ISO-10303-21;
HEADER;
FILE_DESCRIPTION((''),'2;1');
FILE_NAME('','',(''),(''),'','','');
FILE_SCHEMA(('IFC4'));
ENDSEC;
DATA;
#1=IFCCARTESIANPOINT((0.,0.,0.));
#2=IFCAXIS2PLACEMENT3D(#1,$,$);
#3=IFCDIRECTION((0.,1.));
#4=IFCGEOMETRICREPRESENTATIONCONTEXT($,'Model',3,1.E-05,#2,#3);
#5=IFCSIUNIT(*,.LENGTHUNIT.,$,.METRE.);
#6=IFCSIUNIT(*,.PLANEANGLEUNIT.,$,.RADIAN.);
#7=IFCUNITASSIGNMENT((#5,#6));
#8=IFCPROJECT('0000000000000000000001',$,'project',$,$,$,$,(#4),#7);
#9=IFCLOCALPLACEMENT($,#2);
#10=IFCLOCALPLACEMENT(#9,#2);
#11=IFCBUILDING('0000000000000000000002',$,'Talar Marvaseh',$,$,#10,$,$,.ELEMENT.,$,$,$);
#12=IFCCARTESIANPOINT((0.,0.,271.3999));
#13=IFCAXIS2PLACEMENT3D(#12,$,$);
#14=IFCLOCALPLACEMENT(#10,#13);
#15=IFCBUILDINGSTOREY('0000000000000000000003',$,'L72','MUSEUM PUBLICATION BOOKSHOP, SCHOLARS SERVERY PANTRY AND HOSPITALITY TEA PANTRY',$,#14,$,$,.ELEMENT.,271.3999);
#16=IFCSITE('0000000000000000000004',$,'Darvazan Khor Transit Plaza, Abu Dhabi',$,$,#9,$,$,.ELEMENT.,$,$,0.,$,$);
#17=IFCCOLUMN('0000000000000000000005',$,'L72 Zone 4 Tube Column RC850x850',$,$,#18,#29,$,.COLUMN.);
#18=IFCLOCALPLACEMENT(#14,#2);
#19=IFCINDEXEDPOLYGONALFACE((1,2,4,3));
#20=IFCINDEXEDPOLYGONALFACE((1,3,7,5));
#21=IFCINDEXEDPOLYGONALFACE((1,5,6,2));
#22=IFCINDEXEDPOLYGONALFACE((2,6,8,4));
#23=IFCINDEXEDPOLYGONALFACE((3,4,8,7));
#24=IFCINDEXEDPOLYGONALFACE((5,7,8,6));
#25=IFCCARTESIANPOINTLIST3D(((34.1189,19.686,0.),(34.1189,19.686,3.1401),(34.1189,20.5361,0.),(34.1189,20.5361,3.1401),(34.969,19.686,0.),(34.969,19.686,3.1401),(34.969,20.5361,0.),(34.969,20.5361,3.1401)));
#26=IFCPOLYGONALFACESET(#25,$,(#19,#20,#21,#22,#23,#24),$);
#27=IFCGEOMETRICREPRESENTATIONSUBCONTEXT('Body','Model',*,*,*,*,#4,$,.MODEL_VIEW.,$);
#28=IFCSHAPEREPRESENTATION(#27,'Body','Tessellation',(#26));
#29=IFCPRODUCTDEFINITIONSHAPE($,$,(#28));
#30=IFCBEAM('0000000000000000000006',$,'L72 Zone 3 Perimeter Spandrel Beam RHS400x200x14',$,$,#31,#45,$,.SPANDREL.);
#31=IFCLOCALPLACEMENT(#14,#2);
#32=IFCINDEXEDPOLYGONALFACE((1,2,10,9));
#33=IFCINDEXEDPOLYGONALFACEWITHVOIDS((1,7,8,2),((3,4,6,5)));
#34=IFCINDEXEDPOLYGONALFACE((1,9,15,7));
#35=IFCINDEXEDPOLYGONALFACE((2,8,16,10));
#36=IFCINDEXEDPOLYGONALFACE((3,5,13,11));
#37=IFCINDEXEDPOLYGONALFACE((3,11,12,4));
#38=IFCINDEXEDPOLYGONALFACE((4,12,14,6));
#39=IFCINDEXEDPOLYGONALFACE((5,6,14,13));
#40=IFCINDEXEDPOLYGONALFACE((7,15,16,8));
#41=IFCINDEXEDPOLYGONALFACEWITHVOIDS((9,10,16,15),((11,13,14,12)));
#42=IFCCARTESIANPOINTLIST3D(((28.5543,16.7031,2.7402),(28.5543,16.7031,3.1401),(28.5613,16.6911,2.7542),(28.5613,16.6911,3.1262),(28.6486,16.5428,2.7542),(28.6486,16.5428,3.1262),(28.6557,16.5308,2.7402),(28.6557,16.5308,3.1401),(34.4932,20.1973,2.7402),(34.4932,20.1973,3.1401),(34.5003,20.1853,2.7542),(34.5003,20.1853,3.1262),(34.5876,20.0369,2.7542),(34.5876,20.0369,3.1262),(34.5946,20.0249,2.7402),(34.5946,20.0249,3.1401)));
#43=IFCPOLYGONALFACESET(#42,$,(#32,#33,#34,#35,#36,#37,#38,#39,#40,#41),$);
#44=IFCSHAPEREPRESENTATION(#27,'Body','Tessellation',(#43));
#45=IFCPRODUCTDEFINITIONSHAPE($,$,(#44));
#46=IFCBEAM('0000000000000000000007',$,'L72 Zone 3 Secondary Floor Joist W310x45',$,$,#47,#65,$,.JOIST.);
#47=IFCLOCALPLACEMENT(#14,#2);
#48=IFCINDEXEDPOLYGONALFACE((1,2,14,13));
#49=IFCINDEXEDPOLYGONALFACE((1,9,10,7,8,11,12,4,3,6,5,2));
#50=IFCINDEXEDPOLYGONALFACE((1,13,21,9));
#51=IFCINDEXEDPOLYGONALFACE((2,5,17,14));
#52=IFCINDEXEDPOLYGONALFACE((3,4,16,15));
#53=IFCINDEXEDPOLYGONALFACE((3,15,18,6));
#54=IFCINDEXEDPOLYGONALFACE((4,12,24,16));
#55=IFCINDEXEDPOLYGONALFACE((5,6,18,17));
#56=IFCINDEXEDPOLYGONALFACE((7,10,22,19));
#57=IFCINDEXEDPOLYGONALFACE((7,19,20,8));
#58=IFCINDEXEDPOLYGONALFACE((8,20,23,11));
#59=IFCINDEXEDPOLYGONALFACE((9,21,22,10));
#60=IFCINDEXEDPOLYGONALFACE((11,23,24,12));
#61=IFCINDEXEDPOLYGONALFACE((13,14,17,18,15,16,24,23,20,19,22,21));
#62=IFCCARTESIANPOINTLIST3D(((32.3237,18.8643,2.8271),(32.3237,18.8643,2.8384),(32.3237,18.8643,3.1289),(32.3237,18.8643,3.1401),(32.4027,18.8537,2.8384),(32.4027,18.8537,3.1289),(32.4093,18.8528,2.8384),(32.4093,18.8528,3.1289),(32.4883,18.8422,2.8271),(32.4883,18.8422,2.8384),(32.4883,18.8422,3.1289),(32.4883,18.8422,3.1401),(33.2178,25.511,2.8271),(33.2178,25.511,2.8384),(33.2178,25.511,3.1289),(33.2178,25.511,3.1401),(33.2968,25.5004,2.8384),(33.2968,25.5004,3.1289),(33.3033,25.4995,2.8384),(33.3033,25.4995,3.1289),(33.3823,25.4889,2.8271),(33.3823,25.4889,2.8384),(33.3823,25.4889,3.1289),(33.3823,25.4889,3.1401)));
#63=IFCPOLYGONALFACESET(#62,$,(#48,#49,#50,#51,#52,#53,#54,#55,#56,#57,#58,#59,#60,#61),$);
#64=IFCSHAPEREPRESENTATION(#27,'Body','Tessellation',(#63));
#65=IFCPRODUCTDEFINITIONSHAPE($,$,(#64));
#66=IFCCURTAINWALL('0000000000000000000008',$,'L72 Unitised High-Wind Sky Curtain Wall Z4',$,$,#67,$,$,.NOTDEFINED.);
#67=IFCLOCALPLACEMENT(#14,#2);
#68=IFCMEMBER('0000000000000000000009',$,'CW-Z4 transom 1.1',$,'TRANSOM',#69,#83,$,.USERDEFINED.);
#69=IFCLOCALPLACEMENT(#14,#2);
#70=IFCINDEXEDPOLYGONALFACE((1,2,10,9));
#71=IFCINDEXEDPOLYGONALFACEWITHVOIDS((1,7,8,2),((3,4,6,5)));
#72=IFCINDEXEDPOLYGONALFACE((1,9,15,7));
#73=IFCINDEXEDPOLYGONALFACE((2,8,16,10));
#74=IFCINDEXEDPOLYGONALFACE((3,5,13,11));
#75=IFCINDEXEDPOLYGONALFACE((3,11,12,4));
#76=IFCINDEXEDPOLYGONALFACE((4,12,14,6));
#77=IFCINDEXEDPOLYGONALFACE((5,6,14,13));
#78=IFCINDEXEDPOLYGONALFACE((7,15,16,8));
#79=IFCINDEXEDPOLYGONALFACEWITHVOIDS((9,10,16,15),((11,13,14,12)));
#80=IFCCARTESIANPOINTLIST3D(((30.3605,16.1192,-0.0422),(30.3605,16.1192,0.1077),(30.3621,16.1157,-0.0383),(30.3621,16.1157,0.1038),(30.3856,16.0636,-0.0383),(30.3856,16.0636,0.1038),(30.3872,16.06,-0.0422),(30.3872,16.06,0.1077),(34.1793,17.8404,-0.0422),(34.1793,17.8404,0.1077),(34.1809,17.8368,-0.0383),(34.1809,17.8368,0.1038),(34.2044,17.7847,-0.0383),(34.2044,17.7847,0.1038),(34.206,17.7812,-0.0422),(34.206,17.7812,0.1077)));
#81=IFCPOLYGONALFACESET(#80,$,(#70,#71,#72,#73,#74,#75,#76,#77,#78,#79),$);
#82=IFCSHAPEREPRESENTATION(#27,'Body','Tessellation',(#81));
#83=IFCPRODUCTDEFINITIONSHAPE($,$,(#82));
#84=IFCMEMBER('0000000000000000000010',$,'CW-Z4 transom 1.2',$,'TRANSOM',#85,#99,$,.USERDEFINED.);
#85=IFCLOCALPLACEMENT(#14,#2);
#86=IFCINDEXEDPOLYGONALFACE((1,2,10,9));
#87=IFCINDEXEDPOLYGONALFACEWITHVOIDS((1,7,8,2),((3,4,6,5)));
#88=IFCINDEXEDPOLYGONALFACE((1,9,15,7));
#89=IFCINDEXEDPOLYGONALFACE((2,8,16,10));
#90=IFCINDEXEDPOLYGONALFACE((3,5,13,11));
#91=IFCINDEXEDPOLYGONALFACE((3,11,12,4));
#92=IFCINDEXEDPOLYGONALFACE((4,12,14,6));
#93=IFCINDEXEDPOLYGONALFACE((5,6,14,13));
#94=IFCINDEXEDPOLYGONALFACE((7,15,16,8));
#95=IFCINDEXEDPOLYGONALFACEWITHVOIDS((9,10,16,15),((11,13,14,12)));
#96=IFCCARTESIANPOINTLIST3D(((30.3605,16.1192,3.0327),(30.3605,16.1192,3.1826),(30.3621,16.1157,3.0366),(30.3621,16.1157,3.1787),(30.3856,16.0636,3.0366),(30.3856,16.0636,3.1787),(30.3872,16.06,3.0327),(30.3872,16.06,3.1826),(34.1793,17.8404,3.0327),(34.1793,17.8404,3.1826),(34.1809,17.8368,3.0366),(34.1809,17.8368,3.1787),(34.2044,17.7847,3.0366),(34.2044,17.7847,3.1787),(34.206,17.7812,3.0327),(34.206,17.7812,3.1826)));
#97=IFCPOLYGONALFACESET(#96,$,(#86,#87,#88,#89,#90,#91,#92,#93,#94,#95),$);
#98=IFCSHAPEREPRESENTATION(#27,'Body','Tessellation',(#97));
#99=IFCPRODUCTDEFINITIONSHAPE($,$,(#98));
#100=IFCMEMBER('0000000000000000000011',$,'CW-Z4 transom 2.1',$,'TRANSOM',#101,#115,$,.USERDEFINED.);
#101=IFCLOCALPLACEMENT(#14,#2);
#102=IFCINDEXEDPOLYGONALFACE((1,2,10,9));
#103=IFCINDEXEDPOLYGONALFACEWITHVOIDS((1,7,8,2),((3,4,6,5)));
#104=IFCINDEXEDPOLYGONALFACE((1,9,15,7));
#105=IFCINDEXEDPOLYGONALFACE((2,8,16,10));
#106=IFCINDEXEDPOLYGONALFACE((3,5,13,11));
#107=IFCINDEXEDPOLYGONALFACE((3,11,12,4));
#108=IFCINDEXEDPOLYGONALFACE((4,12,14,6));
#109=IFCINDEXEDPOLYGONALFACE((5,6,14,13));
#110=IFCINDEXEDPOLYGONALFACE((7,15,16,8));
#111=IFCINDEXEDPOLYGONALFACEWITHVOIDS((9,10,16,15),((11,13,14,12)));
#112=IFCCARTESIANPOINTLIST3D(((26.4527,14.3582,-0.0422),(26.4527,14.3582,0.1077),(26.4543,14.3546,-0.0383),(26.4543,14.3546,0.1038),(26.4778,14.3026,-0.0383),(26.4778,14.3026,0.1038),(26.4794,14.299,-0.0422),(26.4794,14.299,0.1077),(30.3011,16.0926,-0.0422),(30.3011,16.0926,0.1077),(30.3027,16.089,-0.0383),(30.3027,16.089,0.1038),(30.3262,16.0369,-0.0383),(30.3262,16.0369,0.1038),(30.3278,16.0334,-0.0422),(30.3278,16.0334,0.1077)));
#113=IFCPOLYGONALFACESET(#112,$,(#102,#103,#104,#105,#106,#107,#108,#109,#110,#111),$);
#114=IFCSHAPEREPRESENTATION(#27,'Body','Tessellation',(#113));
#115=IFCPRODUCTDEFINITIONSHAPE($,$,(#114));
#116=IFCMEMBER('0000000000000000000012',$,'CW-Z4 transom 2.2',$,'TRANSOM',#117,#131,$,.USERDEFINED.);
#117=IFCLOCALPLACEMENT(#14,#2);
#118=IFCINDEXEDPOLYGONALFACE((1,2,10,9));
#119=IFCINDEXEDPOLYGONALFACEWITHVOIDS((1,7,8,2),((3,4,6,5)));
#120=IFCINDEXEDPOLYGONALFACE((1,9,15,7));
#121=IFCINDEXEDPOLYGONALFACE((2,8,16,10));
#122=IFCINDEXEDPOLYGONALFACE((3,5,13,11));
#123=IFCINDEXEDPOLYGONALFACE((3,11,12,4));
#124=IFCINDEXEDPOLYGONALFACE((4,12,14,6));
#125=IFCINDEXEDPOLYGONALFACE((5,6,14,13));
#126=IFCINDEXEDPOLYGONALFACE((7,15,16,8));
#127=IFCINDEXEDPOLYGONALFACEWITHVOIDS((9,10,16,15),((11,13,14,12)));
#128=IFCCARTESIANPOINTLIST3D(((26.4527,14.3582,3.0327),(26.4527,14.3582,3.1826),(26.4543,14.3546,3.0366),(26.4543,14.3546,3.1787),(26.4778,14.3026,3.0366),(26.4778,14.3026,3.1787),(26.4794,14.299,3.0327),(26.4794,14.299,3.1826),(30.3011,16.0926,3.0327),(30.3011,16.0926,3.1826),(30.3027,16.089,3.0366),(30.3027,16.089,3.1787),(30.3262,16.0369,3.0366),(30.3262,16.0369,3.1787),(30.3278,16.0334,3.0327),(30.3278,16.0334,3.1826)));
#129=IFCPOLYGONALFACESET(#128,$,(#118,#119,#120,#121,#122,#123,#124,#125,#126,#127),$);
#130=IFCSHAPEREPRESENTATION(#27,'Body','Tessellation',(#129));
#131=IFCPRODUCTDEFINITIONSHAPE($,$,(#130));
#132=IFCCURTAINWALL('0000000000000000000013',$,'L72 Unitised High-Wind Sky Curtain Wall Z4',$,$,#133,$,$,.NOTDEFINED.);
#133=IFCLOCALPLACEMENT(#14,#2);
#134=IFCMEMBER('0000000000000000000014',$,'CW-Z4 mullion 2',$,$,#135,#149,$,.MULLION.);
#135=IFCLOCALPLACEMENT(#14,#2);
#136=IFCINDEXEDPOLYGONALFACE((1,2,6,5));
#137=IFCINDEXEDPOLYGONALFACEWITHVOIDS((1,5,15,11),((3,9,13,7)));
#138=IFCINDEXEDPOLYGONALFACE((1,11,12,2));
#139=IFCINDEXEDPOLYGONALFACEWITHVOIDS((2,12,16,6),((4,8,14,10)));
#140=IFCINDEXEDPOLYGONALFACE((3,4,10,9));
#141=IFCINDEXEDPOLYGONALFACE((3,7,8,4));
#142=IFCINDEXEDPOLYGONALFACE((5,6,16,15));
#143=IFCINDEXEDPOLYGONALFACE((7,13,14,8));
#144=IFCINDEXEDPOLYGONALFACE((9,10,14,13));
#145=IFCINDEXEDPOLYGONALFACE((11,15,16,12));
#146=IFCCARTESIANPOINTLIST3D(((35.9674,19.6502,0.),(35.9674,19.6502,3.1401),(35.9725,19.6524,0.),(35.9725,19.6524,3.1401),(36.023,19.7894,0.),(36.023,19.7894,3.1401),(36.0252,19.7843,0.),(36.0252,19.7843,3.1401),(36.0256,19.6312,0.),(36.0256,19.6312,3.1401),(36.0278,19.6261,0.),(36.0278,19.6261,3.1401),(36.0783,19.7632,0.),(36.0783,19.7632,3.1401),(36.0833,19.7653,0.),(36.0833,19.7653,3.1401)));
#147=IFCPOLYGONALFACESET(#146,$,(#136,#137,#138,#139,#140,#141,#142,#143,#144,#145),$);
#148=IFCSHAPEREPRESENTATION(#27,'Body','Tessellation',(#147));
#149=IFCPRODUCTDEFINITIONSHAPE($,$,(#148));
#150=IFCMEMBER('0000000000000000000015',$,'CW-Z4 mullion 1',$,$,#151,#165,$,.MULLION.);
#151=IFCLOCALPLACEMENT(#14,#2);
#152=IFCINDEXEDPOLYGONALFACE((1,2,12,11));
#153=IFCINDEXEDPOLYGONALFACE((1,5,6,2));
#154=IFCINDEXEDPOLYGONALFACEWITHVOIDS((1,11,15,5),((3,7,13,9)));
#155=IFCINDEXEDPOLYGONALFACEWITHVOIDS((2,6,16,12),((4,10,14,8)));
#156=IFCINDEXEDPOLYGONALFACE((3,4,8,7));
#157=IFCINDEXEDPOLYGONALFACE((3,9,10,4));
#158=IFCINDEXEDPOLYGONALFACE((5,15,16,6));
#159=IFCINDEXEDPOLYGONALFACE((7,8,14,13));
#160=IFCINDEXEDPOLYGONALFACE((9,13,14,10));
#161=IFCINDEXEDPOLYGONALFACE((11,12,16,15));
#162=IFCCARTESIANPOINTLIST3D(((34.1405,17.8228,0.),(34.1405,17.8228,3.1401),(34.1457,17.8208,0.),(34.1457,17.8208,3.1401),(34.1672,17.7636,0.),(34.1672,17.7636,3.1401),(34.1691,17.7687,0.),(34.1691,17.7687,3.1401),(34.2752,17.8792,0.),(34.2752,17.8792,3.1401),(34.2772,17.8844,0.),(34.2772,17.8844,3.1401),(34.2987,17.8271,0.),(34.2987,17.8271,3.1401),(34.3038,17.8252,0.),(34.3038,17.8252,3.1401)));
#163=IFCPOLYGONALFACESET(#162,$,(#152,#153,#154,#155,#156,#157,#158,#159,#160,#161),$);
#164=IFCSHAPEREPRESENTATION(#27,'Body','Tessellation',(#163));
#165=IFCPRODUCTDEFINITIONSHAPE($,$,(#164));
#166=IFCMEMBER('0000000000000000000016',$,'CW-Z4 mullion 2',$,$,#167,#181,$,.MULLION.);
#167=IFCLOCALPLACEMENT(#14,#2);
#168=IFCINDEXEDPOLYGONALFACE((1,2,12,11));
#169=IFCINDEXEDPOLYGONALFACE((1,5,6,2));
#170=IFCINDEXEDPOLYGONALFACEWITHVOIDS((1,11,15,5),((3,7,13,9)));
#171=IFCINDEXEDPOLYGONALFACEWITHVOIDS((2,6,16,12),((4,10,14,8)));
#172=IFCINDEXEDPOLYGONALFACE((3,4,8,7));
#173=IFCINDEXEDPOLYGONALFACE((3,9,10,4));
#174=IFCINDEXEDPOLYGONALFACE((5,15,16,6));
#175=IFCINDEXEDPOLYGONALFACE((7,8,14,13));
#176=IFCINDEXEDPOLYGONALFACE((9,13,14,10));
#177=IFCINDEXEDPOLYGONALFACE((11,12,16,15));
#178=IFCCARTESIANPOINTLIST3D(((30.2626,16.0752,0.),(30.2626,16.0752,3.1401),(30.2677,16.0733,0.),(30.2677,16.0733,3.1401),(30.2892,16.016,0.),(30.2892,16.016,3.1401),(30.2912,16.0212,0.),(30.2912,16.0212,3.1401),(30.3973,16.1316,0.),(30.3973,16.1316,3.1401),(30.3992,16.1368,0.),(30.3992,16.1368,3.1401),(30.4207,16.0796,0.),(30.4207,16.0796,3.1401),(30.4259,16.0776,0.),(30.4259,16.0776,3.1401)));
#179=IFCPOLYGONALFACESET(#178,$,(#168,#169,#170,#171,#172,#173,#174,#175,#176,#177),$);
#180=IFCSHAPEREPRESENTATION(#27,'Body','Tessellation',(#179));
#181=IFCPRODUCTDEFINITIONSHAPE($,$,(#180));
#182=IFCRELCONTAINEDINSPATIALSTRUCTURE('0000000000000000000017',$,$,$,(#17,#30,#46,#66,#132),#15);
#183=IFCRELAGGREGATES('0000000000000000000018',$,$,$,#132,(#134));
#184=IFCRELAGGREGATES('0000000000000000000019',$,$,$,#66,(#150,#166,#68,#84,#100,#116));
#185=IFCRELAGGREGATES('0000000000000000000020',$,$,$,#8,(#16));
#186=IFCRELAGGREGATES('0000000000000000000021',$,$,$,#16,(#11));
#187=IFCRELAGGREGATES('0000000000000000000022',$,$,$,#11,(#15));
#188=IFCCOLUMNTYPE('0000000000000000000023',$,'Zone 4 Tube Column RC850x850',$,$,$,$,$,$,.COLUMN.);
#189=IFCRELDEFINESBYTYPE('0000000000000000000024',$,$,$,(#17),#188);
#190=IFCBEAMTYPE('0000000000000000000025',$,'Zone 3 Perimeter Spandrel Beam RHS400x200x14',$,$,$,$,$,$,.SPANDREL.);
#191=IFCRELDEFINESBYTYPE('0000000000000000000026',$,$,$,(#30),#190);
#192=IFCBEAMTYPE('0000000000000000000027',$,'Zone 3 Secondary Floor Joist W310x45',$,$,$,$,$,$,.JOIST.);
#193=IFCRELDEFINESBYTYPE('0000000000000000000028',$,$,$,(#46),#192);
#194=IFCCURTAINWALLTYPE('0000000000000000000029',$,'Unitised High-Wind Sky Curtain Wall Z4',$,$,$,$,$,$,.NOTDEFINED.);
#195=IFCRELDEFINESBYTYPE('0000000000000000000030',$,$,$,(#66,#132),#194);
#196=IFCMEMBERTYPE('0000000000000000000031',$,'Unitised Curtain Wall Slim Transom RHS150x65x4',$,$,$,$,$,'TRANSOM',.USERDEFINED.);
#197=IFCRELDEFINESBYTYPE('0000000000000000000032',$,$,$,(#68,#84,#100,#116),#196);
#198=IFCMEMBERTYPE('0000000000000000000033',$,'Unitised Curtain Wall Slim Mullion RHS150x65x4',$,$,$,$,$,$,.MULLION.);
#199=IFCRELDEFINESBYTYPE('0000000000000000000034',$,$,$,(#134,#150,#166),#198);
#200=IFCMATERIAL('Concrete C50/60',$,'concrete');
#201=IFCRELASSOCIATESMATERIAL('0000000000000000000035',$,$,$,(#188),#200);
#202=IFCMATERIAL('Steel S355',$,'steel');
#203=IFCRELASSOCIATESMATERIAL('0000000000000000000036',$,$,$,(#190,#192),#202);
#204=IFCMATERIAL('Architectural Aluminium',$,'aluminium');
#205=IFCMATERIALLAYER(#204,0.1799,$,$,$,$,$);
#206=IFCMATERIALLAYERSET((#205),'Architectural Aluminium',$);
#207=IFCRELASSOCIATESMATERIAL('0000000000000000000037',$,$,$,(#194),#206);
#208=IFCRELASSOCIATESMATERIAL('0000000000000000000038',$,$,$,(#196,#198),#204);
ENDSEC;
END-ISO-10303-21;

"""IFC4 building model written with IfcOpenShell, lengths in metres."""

from ifc_helpers import new_model, si_unit, direction, frame, origin, origin_2d, place, context, subcontext, project, spatial, rectangle, hollow_rectangle, i_section, extrude, source, transform, mapped, material, layer, layer_set, material_profile, profile_set, type_object, type_shapes, element, aggregate, save


model = new_model("IFC4")

# Units and contexts
model_context = context("Model", 3, precision=1e-05, world=origin(), true_north=direction((0.0, 1.0)))
body_context = subcontext(model_context, "Body", "Model", "MODEL_VIEW")
ifc_project = project(units=[si_unit("LENGTHUNIT", "METRE"), si_unit("PLANEANGLEUNIT", "RADIAN")], contexts=[model_context])

# Site, building, storey
site_placement = place(None, origin())
site = spatial("IfcSite", under=ifc_project, at=site_placement, Name="Darvazan Khor Transit Plaza, Abu Dhabi", CompositionType="ELEMENT", RefElevation=0.0)
building_placement = place(site_placement, origin())
building = spatial("IfcBuilding", under=site, at=building_placement, Name="Talar Marvaseh", CompositionType="ELEMENT")
storey_placement = place(building_placement, frame((0.0, 0.0, 271.3999)))
storey = spatial("IfcBuildingStorey", under=building, at=storey_placement, Name="L72", Description="MUSEUM PUBLICATION BOOKSHOP, SCHOLARS SERVERY PANTRY AND HOSPITALITY TEA PANTRY", CompositionType="ELEMENT", Elevation=271.3999)

# Column
ifc_material_1 = material(Name="Concrete C50/60", Category="concrete")
ifc_material_profile_1 = material_profile(ifc_material_1, rectangle(XDim=0.8501, YDim=0.8501, at=origin_2d()), Name="RC850x850")
ifc_profile_set_1 = profile_set([ifc_material_profile_1], Name="Concrete C50/60")
column_type = type_object("IfcColumnType", Name="Zone 4 Tube Column RC850x850", PredefinedType="COLUMN", material=ifc_profile_set_1)
column_placement = place(storey_placement, frame((34.5439, 20.1111, 0.0), z_axis=(0.0, 0.0, 1.0), x_axis=(1.0, 0.0, 0.0)))
element("IfcColumn", 1, at=column_placement, inside=storey, type_object=column_type, Name="L72 Zone 4 Tube Column RC850x850", PredefinedType="COLUMN", context=body_context, shape_type="SweptSolid", body=[
    extrude(rectangle(XDim=0.8501, YDim=0.8501, at=origin_2d()), origin(), (0.0, 0.0, 1.0), 3.1401),
])

# Beams
ifc_material_2 = material(Name="Steel S355", Category="steel")
ifc_material_profile_2 = material_profile(ifc_material_2, hollow_rectangle(XDim=0.2, YDim=0.3999, WallThickness=0.0139, at=origin_2d()), Name="RHS400x200x14")
ifc_profile_set_2 = profile_set([ifc_material_profile_2], Name="Steel S355")
beam_type_1 = type_object("IfcBeamType", Name="Zone 3 Perimeter Spandrel Beam RHS400x200x14", PredefinedType="SPANDREL", material=ifc_profile_set_2)
beam_1_placement = place(storey_placement, frame((34.5439, 20.1111, 2.9402), z_axis=(-0.861894, -0.507088, 0.0), x_axis=(0.507088, -0.861894, 0.0)))
element("IfcBeam", 2, at=beam_1_placement, inside=storey, type_object=beam_type_1, Name="L72 Zone 3 Perimeter Spandrel Beam RHS400x200x14", PredefinedType="SPANDREL", context=body_context, shape_type="SweptSolid", body=[
    extrude(hollow_rectangle(XDim=0.2, YDim=0.3999, WallThickness=0.0139, at=origin_2d()), origin(), (0.0, 0.0, 1.0), 6.8906),
])
ifc_material_profile_3 = material_profile(ifc_material_2, i_section(OverallWidth=0.166, OverallDepth=0.313, WebThickness=0.0066, FlangeThickness=0.0112, at=origin_2d()), Name="W310x45")
ifc_profile_set_3 = profile_set([ifc_material_profile_3], Name="Steel S355")
beam_type_2 = type_object("IfcBeamType", Name="Zone 3 Secondary Floor Joist W310x45", PredefinedType="JOIST", material=ifc_profile_set_3)
beam_2_placement = place(storey_placement, frame((32.406, 18.8533, 2.9836), z_axis=(0.133308, 0.991075, 0.0), x_axis=(-0.991075, 0.133308, 0.0)))
element("IfcBeam", 3, at=beam_2_placement, inside=storey, type_object=beam_type_2, Name="L72 Zone 3 Secondary Floor Joist W310x45", PredefinedType="JOIST", context=body_context, shape_type="SweptSolid", body=[
    extrude(i_section(OverallWidth=0.166, OverallDepth=0.313, WebThickness=0.0066, FlangeThickness=0.0112, at=origin_2d()), origin(), (0.0, 0.0, 1.0), 6.7065),
])

# Curtain wall, members
ifc_material_3 = material(Name="Architectural Aluminium", Category="aluminium")
ifc_layer_1 = layer(ifc_material_3, 0.1799)
ifc_layer_set_1 = layer_set([ifc_layer_1], Name="Architectural Aluminium")
curtain_wall_type = type_object("IfcCurtainWallType", Name="Unitised High-Wind Sky Curtain Wall Z4", PredefinedType="NOTDEFINED", material=ifc_layer_set_1)
curtain_wall_1_placement = place(storey_placement, origin())
curtain_wall_1 = element("IfcCurtainWall", 4, at=curtain_wall_1_placement, inside=storey, type_object=curtain_wall_type, Name="L72 Unitised High-Wind Sky Curtain Wall Z4", PredefinedType="NOTDEFINED")
ifc_material_profile_4 = material_profile(ifc_material_3, hollow_rectangle(XDim=0.0649, YDim=0.1499, WallThickness=0.0039, at=origin_2d()), Name="RHS150x65x4")
ifc_profile_set_4 = profile_set([ifc_material_profile_4], Name="Architectural Aluminium")
member_type_1 = type_object("IfcMemberType", Name="Unitised Curtain Wall Slim Transom RHS150x65x4", ElementType="TRANSOM", PredefinedType="USERDEFINED", material=ifc_profile_set_4)
shared_shape_1 = source(origin(), body_context, "Body", "SweptSolid", [
    extrude(hollow_rectangle(XDim=0.0649, YDim=0.1499, WallThickness=0.0039, at=origin_2d()), origin(), (0.0, 0.0, 1.0), 4.1887),
])
member_1_placement = place(storey_placement, frame((34.1926, 17.8108, 0.0327), z_axis=(-0.911679, -0.410903, 0.0), x_axis=(0.410903, -0.911679, 0.0)))
member_1 = element("IfcMember", 5, at=member_1_placement, type_object=member_type_1, Name="CW-Z4 transom 1.1", ObjectType="TRANSOM", PredefinedType="USERDEFINED", context=body_context, shape_type="MappedRepresentation", body=[
    mapped(shared_shape_1, transform((0.0, 0.0, 0.0), x_axis=(1.0, 0.0, 0.0), y_axis=(0.0, 1.0, 0.0), z_axis=(0.0, 0.0, 1.0), scale=1.0)),
])
member_2_placement = place(storey_placement, frame((34.1926, 17.8108, 3.1077), z_axis=(-0.911679, -0.410903, 0.0), x_axis=(0.410903, -0.911679, 0.0)))
member_2 = element("IfcMember", 6, at=member_2_placement, type_object=member_type_1, Name="CW-Z4 transom 1.2", ObjectType="TRANSOM", PredefinedType="USERDEFINED", context=body_context, shape_type="MappedRepresentation", body=[
    mapped(shared_shape_1, transform((0.0, 0.0, 0.0), x_axis=(1.0, 0.0, 0.0), y_axis=(0.0, 1.0, 0.0), z_axis=(0.0, 0.0, 1.0), scale=1.0)),
])
shared_shape_2 = source(origin(), body_context, "Body", "SweptSolid", [
    extrude(hollow_rectangle(XDim=0.0649, YDim=0.1499, WallThickness=0.0039, at=origin_2d()), origin(), (0.0, 0.0, 1.0), 4.2212),
])
type_shapes(member_type_1, [shared_shape_1, shared_shape_2])
member_3_placement = place(storey_placement, frame((30.3145, 16.063, 0.0327), z_axis=(-0.911691, -0.410877, 0.0), x_axis=(0.410877, -0.911691, 0.0)))
member_3 = element("IfcMember", 7, at=member_3_placement, type_object=member_type_1, Name="CW-Z4 transom 2.1", ObjectType="TRANSOM", PredefinedType="USERDEFINED", context=body_context, shape_type="MappedRepresentation", body=[
    mapped(shared_shape_2, transform((0.0, 0.0, 0.0), x_axis=(1.0, 0.0, 0.0), y_axis=(0.0, 1.0, 0.0), z_axis=(0.0, 0.0, 1.0), scale=1.0)),
])
member_4_placement = place(storey_placement, frame((30.3145, 16.063, 3.1077), z_axis=(-0.911691, -0.410877, 0.0), x_axis=(0.410877, -0.911691, 0.0)))
member_4 = element("IfcMember", 8, at=member_4_placement, type_object=member_type_1, Name="CW-Z4 transom 2.2", ObjectType="TRANSOM", PredefinedType="USERDEFINED", context=body_context, shape_type="MappedRepresentation", body=[
    mapped(shared_shape_2, transform((0.0, 0.0, 0.0), x_axis=(1.0, 0.0, 0.0), y_axis=(0.0, 1.0, 0.0), z_axis=(0.0, 0.0, 1.0), scale=1.0)),
])

# Curtain wall, member
curtain_wall_2_placement = place(storey_placement, origin())
curtain_wall_2 = element("IfcCurtainWall", 9, at=curtain_wall_2_placement, inside=storey, type_object=curtain_wall_type, Name="L72 Unitised High-Wind Sky Curtain Wall Z4", PredefinedType="NOTDEFINED")
ifc_material_profile_5 = material_profile(ifc_material_3, hollow_rectangle(XDim=0.0649, YDim=0.1499, WallThickness=0.0039, at=origin_2d()), Name="RHS150x65x4")
ifc_profile_set_5 = profile_set([ifc_material_profile_5], Name="Architectural Aluminium")
member_type_2 = type_object("IfcMemberType", Name="Unitised Curtain Wall Slim Mullion RHS150x65x4", PredefinedType="MULLION", material=ifc_profile_set_5)
shared_shape_3 = source(origin(), body_context, "Body", "SweptSolid", [
    extrude(hollow_rectangle(XDim=0.0649, YDim=0.1499, WallThickness=0.0039, at=origin_2d()), origin(), (0.0, 0.0, 1.0), 3.1401),
])
type_shapes(member_type_2, [shared_shape_3])
member_5_placement = place(storey_placement, frame((36.0254, 19.7078, 0.0), z_axis=(0.0, 0.0, 1.0), x_axis=(0.928754, -0.370697, 0.0)))
member_5 = element("IfcMember", 10, at=member_5_placement, type_object=member_type_2, Name="CW-Z4 mullion 2", PredefinedType="MULLION", context=body_context, shape_type="MappedRepresentation", body=[
    mapped(shared_shape_3, transform((0.0, 0.0, 0.0), x_axis=(1.0, 0.0, 0.0), y_axis=(0.0, 1.0, 0.0), z_axis=(0.0, 0.0, 1.0), scale=1.0)),
])
aggregate(curtain_wall_2, [member_5])

# Members
member_6_placement = place(storey_placement, frame((34.2222, 17.824, 0.0), z_axis=(0.0, 0.0, 1.0), x_axis=(0.41086, -0.911699, 0.0)))
member_6 = element("IfcMember", 11, at=member_6_placement, type_object=member_type_2, Name="CW-Z4 mullion 1", PredefinedType="MULLION", context=body_context, shape_type="MappedRepresentation", body=[
    mapped(shared_shape_3, transform((0.0, 0.0, 0.0), x_axis=(1.0, 0.0, 0.0), y_axis=(0.0, 1.0, 0.0), z_axis=(0.0, 0.0, 1.0), scale=1.0)),
])
member_7_placement = place(storey_placement, frame((30.3442, 16.0764, 0.0), z_axis=(0.0, 0.0, 1.0), x_axis=(0.41086, -0.911699, 0.0)))
member_7 = element("IfcMember", 12, at=member_7_placement, type_object=member_type_2, Name="CW-Z4 mullion 2", PredefinedType="MULLION", context=body_context, shape_type="MappedRepresentation", body=[
    mapped(shared_shape_3, transform((0.0, 0.0, 0.0), x_axis=(1.0, 0.0, 0.0), y_axis=(0.0, 1.0, 0.0), z_axis=(0.0, 0.0, 1.0), scale=1.0)),
])

aggregate(curtain_wall_1, [member_6, member_7, member_1, member_2, member_3, member_4])

save(model, "model.ifc")
